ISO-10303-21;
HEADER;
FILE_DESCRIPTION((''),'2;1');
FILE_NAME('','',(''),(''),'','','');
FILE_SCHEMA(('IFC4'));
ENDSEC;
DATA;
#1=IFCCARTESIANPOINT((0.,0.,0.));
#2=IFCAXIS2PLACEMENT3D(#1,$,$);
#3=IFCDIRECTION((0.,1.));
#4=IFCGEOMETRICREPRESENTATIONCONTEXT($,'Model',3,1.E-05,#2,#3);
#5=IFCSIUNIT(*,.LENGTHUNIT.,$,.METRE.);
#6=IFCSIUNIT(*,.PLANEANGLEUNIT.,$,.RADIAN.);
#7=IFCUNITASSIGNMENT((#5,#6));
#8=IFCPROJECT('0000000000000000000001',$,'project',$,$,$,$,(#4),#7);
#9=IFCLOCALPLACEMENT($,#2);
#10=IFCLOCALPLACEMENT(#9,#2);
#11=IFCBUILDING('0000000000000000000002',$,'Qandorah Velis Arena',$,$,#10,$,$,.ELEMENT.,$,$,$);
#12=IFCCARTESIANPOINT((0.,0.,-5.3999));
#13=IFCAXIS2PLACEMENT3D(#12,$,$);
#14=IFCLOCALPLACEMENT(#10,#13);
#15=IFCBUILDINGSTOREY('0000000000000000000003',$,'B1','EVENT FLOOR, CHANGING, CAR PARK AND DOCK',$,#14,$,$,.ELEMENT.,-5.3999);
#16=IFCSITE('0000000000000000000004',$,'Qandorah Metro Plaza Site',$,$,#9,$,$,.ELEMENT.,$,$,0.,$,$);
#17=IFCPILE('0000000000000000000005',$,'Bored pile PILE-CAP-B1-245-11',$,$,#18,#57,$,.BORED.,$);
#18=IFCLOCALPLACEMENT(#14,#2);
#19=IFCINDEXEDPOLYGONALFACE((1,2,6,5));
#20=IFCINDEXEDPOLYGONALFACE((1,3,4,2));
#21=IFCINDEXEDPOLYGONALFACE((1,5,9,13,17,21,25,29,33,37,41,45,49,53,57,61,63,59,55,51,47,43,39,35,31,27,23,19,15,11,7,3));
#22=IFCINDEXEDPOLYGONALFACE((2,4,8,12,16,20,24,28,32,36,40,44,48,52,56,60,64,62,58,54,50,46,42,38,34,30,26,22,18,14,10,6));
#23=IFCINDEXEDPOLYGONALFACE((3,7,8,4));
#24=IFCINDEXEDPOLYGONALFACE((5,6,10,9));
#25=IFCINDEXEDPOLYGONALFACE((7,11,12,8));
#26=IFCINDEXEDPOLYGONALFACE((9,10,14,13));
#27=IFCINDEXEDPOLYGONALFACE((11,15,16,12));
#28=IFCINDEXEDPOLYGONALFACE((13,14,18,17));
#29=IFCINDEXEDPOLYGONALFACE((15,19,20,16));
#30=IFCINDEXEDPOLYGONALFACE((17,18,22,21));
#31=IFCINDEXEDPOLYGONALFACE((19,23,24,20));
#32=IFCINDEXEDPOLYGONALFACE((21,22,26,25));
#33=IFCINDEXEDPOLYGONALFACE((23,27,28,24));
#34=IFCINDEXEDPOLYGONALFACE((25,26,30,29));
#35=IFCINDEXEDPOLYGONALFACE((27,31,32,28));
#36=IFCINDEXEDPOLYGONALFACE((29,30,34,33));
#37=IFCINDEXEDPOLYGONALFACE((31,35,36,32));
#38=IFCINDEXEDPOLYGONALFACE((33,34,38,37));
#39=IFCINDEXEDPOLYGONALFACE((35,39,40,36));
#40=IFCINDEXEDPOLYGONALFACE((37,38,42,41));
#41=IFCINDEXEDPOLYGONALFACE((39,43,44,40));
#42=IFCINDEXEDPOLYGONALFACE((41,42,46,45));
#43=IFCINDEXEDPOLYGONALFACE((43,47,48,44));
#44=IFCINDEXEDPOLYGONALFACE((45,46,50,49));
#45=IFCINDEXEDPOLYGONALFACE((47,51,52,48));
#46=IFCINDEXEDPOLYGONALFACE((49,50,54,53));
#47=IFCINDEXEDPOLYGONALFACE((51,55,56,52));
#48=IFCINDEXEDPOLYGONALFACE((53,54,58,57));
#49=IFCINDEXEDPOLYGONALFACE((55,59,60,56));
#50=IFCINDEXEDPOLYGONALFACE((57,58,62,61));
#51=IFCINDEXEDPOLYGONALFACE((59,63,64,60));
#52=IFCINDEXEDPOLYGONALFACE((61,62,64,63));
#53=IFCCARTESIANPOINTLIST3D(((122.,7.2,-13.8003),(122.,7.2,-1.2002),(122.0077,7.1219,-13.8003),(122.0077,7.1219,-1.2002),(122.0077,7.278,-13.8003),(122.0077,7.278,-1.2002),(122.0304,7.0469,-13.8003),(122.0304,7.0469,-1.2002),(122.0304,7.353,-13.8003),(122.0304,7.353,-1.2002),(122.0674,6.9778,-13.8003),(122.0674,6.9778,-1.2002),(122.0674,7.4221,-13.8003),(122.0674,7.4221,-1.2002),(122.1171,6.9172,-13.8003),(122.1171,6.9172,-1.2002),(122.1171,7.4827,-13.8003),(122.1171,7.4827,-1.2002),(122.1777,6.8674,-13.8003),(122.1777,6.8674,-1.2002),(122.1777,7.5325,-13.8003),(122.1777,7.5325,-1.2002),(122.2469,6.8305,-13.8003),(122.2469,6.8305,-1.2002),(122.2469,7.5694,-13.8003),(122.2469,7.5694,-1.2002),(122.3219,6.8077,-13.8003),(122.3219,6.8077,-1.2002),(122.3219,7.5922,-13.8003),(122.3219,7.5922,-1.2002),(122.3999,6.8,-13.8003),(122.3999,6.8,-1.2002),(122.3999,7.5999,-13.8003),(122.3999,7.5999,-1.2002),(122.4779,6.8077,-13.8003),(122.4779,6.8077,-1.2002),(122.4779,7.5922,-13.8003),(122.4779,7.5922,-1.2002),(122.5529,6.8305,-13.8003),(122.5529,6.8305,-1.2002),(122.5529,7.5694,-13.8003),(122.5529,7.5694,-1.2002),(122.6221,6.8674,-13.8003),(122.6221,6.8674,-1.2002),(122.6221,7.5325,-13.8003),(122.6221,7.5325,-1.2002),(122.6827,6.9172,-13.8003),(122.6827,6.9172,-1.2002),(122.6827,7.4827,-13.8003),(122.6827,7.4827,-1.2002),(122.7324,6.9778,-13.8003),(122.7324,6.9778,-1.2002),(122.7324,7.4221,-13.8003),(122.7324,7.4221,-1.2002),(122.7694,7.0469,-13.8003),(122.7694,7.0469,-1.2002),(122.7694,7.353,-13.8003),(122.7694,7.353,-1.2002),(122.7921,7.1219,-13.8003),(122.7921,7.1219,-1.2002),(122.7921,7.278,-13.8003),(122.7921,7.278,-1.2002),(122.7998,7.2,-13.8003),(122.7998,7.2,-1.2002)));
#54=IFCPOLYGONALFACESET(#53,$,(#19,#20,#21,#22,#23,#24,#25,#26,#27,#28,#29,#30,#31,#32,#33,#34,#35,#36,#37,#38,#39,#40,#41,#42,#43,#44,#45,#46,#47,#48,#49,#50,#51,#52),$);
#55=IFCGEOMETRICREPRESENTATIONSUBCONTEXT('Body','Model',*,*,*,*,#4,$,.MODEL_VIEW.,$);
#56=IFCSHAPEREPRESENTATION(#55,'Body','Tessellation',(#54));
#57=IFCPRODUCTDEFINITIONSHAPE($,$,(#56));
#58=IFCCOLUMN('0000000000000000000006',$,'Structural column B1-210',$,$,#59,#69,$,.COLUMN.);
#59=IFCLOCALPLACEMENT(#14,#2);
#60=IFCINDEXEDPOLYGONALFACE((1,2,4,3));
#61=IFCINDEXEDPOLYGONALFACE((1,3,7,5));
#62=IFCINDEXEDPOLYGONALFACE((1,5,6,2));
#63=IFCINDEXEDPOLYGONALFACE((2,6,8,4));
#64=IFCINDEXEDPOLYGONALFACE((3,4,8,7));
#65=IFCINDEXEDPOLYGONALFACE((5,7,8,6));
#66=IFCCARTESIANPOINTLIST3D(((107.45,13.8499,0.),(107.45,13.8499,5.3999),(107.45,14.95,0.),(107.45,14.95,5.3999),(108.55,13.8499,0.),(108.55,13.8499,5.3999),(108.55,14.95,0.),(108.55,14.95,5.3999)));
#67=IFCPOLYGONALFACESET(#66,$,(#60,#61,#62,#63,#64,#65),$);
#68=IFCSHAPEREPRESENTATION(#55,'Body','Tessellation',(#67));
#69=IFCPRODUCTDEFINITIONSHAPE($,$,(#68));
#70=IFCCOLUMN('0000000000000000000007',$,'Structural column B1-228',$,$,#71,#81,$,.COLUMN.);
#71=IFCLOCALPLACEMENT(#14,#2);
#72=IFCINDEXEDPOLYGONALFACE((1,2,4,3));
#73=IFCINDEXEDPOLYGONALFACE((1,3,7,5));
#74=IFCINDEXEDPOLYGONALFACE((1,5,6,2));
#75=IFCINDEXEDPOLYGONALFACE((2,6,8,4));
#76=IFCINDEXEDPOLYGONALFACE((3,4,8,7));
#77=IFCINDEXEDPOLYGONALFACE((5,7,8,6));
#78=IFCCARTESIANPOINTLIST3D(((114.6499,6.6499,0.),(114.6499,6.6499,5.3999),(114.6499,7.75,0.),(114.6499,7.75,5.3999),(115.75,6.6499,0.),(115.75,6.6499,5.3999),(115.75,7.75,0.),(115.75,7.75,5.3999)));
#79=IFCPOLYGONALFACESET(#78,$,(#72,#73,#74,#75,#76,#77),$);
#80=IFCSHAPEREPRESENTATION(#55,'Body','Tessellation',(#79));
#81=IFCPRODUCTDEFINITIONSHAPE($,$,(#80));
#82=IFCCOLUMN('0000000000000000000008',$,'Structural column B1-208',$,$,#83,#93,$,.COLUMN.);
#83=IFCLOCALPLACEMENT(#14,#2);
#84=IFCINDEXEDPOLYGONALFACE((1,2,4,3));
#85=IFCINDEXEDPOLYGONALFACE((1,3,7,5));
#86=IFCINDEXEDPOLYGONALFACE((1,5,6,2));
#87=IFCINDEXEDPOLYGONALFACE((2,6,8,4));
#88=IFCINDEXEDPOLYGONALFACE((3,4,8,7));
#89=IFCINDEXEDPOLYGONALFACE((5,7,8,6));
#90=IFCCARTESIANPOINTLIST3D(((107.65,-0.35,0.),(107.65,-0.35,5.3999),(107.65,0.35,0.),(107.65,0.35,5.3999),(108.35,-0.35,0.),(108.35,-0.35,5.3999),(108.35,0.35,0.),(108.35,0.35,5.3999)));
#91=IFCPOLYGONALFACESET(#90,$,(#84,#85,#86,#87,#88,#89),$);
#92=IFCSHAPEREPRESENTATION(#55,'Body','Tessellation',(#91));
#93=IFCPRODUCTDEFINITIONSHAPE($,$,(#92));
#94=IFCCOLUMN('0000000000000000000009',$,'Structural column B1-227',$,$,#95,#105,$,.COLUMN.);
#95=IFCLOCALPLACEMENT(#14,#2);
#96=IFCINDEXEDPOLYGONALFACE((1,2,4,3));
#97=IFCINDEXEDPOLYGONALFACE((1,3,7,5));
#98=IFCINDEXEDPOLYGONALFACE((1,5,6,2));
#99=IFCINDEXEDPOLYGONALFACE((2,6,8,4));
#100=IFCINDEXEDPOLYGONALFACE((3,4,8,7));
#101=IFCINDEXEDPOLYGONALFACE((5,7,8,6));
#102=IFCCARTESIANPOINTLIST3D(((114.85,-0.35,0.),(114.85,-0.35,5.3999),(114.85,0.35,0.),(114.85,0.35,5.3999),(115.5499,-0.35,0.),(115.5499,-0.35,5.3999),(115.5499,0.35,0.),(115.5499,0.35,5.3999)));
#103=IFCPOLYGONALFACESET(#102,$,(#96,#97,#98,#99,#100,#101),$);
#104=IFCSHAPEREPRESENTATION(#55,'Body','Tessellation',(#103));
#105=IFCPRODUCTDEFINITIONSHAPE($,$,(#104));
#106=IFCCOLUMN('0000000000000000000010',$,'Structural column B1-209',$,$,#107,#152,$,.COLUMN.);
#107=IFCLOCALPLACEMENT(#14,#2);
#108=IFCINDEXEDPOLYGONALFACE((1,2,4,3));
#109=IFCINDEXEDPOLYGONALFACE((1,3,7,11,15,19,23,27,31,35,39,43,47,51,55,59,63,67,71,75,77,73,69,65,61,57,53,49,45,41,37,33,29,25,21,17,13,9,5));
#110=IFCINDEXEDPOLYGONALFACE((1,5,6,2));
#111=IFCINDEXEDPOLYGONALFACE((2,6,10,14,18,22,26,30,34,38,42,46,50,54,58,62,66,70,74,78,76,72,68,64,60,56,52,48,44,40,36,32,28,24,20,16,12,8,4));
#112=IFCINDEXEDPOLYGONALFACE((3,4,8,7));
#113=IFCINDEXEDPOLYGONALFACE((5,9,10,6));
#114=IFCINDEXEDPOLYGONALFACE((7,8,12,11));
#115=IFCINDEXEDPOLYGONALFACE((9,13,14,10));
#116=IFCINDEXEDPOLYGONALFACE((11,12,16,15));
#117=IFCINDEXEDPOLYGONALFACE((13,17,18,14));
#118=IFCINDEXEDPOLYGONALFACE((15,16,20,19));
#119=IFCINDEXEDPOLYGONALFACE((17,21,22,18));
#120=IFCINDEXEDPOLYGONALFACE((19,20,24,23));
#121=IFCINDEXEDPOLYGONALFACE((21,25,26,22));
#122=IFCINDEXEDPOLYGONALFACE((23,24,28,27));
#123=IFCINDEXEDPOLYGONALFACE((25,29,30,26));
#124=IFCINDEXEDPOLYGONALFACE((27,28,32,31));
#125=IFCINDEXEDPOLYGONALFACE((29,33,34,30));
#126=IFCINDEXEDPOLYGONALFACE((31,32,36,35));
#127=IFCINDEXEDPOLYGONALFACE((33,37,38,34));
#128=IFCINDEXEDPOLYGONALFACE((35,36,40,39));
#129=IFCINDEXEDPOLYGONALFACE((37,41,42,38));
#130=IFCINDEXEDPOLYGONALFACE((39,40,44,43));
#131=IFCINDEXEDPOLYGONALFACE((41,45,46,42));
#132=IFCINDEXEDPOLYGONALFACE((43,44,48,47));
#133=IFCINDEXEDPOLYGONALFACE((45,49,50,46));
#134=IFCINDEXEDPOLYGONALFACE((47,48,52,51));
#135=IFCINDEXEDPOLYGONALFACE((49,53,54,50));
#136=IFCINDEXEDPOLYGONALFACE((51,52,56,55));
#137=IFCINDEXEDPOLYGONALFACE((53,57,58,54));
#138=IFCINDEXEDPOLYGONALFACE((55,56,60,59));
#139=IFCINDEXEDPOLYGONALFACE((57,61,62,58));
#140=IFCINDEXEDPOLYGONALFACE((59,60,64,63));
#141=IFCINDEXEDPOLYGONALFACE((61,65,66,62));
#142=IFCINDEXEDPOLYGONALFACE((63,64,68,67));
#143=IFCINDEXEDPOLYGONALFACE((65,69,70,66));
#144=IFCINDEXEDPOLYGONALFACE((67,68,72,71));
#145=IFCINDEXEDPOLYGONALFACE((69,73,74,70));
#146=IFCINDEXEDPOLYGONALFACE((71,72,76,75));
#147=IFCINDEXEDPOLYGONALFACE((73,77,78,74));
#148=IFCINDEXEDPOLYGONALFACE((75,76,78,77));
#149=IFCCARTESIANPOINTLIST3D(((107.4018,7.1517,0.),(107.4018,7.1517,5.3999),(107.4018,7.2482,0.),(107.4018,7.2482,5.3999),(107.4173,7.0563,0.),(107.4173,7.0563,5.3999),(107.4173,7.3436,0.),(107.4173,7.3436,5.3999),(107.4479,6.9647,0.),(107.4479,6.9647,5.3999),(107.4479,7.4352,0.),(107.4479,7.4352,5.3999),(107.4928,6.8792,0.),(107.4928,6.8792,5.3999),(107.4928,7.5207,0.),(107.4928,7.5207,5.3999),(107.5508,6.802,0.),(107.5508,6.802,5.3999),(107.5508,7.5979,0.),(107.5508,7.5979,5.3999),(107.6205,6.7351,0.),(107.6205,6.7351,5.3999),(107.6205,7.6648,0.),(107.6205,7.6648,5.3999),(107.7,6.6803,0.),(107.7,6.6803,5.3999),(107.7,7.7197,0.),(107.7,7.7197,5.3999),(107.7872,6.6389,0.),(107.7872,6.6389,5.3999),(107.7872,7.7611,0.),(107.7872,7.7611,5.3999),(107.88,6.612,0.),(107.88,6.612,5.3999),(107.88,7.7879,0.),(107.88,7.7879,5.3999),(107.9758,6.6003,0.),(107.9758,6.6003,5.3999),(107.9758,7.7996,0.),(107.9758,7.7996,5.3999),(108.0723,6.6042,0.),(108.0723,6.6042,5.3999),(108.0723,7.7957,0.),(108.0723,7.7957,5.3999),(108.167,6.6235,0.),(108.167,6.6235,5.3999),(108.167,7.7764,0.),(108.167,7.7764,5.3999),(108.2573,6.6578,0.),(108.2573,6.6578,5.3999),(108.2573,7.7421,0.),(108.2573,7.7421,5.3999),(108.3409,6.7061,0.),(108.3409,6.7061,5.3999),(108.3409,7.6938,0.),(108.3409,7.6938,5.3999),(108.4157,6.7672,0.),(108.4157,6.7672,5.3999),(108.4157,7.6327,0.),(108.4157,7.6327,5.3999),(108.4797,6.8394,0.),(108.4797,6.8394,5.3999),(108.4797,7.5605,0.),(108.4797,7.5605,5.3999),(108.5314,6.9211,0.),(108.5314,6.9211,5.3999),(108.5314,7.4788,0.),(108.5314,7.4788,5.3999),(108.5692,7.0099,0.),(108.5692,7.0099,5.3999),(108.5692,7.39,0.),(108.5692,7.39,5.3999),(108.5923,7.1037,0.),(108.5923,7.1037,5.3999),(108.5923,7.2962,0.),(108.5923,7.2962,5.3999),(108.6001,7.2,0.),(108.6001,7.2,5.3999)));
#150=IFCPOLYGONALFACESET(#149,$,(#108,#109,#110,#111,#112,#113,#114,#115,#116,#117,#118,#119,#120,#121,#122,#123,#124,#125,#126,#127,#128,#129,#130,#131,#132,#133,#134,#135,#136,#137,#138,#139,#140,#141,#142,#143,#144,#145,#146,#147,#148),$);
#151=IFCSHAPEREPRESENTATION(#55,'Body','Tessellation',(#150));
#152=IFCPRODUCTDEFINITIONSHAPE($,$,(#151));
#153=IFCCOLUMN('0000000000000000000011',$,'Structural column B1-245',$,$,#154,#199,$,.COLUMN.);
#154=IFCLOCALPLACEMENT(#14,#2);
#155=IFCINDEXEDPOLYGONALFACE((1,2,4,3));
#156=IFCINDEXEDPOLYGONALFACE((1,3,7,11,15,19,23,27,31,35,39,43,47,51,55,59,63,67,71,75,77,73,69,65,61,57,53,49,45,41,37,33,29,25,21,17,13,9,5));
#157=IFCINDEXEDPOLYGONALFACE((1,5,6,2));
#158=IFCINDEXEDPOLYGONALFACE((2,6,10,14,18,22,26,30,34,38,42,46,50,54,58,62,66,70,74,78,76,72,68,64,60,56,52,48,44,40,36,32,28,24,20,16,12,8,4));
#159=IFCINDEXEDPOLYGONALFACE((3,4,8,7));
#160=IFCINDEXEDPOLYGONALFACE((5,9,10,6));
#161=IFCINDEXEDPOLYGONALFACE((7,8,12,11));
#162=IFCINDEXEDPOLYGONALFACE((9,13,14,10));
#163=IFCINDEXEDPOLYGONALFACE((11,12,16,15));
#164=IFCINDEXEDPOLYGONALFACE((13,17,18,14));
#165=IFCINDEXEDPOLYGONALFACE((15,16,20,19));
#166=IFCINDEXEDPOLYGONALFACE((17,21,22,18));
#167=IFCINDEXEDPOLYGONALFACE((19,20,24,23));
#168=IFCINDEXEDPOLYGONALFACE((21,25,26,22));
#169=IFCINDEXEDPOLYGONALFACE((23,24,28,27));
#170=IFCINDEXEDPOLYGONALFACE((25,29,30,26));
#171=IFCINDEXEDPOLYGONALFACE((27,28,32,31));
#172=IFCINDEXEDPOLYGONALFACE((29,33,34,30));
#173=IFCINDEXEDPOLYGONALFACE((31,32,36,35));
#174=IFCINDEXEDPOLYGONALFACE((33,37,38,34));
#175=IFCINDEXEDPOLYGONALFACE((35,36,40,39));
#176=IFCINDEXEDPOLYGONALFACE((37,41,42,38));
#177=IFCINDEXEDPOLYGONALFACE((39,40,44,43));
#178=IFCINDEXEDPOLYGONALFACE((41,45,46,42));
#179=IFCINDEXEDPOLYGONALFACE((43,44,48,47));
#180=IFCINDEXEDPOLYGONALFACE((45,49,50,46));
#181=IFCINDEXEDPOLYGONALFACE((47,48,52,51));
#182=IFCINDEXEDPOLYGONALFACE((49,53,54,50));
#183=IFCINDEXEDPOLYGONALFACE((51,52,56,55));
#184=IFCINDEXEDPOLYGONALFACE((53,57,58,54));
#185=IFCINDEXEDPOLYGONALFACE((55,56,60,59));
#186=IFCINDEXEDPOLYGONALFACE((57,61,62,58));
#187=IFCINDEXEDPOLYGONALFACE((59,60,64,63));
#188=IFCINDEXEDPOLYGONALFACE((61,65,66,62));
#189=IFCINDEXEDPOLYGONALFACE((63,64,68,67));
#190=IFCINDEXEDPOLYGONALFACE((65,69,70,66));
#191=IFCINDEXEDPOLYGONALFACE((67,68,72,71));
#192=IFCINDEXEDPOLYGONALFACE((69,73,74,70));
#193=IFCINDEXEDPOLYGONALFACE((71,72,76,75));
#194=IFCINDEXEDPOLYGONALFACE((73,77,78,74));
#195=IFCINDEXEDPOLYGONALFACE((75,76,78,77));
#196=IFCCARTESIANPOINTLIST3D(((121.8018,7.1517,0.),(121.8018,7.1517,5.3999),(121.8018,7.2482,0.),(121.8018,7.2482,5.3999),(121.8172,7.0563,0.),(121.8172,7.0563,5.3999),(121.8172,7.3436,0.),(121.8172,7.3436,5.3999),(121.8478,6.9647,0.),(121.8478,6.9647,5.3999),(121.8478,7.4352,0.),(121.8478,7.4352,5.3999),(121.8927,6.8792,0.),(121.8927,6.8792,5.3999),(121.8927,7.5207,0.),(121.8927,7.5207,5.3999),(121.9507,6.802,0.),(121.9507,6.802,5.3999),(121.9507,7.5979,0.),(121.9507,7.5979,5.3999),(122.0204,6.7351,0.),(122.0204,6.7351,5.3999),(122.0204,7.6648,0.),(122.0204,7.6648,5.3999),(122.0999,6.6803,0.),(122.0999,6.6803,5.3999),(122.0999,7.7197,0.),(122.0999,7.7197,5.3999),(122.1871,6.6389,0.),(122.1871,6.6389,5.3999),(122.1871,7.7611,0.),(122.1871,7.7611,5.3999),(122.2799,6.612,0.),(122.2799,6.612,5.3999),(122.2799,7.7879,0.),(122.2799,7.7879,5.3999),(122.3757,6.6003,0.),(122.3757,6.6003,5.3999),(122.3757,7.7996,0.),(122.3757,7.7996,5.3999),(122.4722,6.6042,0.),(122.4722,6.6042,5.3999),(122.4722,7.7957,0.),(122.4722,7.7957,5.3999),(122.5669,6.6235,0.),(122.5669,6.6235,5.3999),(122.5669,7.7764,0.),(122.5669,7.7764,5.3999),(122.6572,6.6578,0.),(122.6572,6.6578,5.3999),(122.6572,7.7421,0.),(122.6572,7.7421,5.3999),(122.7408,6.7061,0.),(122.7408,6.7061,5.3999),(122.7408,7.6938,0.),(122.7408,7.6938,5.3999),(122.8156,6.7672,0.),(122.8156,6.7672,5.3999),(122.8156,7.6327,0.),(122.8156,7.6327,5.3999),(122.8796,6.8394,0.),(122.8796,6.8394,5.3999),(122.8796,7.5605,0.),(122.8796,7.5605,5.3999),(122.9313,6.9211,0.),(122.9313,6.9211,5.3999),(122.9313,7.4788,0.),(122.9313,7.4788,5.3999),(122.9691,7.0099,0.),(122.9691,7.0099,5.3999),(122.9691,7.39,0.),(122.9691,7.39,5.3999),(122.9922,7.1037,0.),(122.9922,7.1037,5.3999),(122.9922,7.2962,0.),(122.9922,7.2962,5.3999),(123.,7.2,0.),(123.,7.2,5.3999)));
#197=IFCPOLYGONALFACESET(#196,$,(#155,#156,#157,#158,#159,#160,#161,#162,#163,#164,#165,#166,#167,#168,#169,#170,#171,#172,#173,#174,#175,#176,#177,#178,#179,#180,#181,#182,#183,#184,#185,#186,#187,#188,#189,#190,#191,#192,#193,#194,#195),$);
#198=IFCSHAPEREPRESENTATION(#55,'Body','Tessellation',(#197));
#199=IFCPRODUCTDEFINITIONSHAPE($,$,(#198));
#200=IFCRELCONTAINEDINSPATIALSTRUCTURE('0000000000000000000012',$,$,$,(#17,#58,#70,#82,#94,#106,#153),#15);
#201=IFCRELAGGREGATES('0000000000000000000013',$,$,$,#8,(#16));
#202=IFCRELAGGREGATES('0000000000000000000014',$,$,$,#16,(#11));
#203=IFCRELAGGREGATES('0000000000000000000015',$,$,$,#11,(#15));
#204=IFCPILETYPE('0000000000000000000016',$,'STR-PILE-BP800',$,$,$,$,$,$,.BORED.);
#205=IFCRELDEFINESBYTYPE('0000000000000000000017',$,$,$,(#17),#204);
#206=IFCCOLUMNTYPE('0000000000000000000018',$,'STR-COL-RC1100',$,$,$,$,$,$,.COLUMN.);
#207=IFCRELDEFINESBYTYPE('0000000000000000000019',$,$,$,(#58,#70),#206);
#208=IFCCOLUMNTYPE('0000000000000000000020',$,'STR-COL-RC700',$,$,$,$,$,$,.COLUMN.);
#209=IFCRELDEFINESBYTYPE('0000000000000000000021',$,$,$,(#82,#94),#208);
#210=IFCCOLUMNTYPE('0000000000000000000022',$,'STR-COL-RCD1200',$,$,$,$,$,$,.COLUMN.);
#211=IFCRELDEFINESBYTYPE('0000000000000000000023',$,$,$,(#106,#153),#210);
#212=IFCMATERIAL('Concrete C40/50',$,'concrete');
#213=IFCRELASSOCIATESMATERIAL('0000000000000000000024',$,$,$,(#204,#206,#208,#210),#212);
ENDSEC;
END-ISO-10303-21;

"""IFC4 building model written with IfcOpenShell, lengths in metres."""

from ifc_helpers import new_model, si_unit, direction, frame, origin, origin_2d, place, context, subcontext, project, spatial, rectangle, circle, extrude, material, material_profile, profile_set, type_object, element, save


model = new_model("IFC4")

# Units and contexts
model_context = context("Model", 3, precision=1e-05, world=origin(), true_north=direction((0.0, 1.0)))
body_context = subcontext(model_context, "Body", "Model", "MODEL_VIEW")
ifc_project = project(units=[si_unit("LENGTHUNIT", "METRE"), si_unit("PLANEANGLEUNIT", "RADIAN")], contexts=[model_context])

# Site, building, storey
site_placement = place(None, origin())
site = spatial("IfcSite", under=ifc_project, at=site_placement, Name="Qandorah Metro Plaza Site", CompositionType="ELEMENT", RefElevation=0.0)
building_placement = place(site_placement, origin())
building = spatial("IfcBuilding", under=site, at=building_placement, Name="Qandorah Velis Arena", CompositionType="ELEMENT")
storey_placement = place(building_placement, frame((0.0, 0.0, -5.3999)))
storey = spatial("IfcBuildingStorey", under=building, at=storey_placement, Name="B1", Description="EVENT FLOOR, CHANGING, CAR PARK AND DOCK", CompositionType="ELEMENT", Elevation=-5.3999)

# Shared definitions
ifc_material_1 = material(Name="Concrete C40/50", Category="concrete")

# Pile
ifc_material_profile_1 = material_profile(ifc_material_1, circle(Radius=0.3999, at=origin_2d()), Name="BORED PILE D800")
ifc_profile_set_1 = profile_set([ifc_material_profile_1], Name="Concrete C40/50")
pile_type_1 = type_object("IfcPileType", Name="STR-PILE-BP800", PredefinedType="BORED", material=ifc_profile_set_1)
pile_1_placement = place(storey_placement, frame((122.3999, 7.2, -1.2002), z_axis=(0.0, 0.0, -1.0), x_axis=(1.0, 0.0, 0.0)))
element("IfcPile", 1, at=pile_1_placement, inside=storey, type_object=pile_type_1, Name="Bored pile PILE-CAP-B1-245-11", PredefinedType="BORED", context=body_context, shape_type="SweptSolid", body=[
    extrude(circle(Radius=0.3999, at=origin_2d()), origin(), (0.0, 0.0, 1.0), 12.6001),
])

# Columns
ifc_material_profile_2 = material_profile(ifc_material_1, rectangle(XDim=1.1001, YDim=1.1001, at=origin_2d()), Name="RC COL 1100x1100")
ifc_profile_set_2 = profile_set([ifc_material_profile_2], Name="Concrete C40/50")
column_type_1 = type_object("IfcColumnType", Name="STR-COL-RC1100", PredefinedType="COLUMN", material=ifc_profile_set_2)
for number, where, z_axis, x_axis, name in (
    (2, (108.0, 14.3999, 0.0), (0.0, 0.0, 1.0), (1.0, 0.0, 0.0), "Structural column B1-210"),
    (3, (115.2, 7.2, 0.0), (0.0, 0.0, 1.0), (1.0, 0.0, 0.0), "Structural column B1-228"),
):
    element("IfcColumn", number, at=place(storey_placement, frame(where, z_axis=z_axis, x_axis=x_axis)), inside=storey, type_object=column_type_1, Name=name, PredefinedType="COLUMN", context=body_context, shape_type="SweptSolid", body=[
        extrude(rectangle(XDim=1.1001, YDim=1.1001, at=origin_2d()), origin(), (0.0, 0.0, 1.0), 5.3999),
    ])
ifc_material_profile_3 = material_profile(ifc_material_1, rectangle(XDim=0.7, YDim=0.7, at=origin_2d()), Name="RC COL 700x700")
ifc_profile_set_3 = profile_set([ifc_material_profile_3], Name="Concrete C40/50")
column_type_2 = type_object("IfcColumnType", Name="STR-COL-RC700", PredefinedType="COLUMN", material=ifc_profile_set_3)
for number, where, z_axis, x_axis, name in (
    (4, (108.0, 0.0, 0.0), (0.0, 0.0, 1.0), (1.0, 0.0, 0.0), "Structural column B1-208"),
    (5, (115.2, 0.0, 0.0), (0.0, 0.0, 1.0), (1.0, 0.0, 0.0), "Structural column B1-227"),
):
    element("IfcColumn", number, at=place(storey_placement, frame(where, z_axis=z_axis, x_axis=x_axis)), inside=storey, type_object=column_type_2, Name=name, PredefinedType="COLUMN", context=body_context, shape_type="SweptSolid", body=[
        extrude(rectangle(XDim=0.7, YDim=0.7, at=origin_2d()), origin(), (0.0, 0.0, 1.0), 5.3999),
    ])
ifc_material_profile_4 = material_profile(ifc_material_1, circle(Radius=0.6001, at=origin_2d()), Name="RC D1200")
ifc_profile_set_4 = profile_set([ifc_material_profile_4], Name="Concrete C40/50")
column_type_3 = type_object("IfcColumnType", Name="STR-COL-RCD1200", PredefinedType="COLUMN", material=ifc_profile_set_4)
for number, where, z_axis, x_axis, name in (
    (6, (108.0, 7.2, 0.0), (0.0, 0.0, 1.0), (1.0, 0.0, 0.0), "Structural column B1-209"),
    (7, (122.3999, 7.2, 0.0), (0.0, 0.0, 1.0), (1.0, 0.0, 0.0), "Structural column B1-245"),
):
    element("IfcColumn", number, at=place(storey_placement, frame(where, z_axis=z_axis, x_axis=x_axis)), inside=storey, type_object=column_type_3, Name=name, PredefinedType="COLUMN", context=body_context, shape_type="SweptSolid", body=[
        extrude(circle(Radius=0.6001, at=origin_2d()), origin(), (0.0, 0.0, 1.0), 5.3999),
    ])

save(model, "model.ifc")
